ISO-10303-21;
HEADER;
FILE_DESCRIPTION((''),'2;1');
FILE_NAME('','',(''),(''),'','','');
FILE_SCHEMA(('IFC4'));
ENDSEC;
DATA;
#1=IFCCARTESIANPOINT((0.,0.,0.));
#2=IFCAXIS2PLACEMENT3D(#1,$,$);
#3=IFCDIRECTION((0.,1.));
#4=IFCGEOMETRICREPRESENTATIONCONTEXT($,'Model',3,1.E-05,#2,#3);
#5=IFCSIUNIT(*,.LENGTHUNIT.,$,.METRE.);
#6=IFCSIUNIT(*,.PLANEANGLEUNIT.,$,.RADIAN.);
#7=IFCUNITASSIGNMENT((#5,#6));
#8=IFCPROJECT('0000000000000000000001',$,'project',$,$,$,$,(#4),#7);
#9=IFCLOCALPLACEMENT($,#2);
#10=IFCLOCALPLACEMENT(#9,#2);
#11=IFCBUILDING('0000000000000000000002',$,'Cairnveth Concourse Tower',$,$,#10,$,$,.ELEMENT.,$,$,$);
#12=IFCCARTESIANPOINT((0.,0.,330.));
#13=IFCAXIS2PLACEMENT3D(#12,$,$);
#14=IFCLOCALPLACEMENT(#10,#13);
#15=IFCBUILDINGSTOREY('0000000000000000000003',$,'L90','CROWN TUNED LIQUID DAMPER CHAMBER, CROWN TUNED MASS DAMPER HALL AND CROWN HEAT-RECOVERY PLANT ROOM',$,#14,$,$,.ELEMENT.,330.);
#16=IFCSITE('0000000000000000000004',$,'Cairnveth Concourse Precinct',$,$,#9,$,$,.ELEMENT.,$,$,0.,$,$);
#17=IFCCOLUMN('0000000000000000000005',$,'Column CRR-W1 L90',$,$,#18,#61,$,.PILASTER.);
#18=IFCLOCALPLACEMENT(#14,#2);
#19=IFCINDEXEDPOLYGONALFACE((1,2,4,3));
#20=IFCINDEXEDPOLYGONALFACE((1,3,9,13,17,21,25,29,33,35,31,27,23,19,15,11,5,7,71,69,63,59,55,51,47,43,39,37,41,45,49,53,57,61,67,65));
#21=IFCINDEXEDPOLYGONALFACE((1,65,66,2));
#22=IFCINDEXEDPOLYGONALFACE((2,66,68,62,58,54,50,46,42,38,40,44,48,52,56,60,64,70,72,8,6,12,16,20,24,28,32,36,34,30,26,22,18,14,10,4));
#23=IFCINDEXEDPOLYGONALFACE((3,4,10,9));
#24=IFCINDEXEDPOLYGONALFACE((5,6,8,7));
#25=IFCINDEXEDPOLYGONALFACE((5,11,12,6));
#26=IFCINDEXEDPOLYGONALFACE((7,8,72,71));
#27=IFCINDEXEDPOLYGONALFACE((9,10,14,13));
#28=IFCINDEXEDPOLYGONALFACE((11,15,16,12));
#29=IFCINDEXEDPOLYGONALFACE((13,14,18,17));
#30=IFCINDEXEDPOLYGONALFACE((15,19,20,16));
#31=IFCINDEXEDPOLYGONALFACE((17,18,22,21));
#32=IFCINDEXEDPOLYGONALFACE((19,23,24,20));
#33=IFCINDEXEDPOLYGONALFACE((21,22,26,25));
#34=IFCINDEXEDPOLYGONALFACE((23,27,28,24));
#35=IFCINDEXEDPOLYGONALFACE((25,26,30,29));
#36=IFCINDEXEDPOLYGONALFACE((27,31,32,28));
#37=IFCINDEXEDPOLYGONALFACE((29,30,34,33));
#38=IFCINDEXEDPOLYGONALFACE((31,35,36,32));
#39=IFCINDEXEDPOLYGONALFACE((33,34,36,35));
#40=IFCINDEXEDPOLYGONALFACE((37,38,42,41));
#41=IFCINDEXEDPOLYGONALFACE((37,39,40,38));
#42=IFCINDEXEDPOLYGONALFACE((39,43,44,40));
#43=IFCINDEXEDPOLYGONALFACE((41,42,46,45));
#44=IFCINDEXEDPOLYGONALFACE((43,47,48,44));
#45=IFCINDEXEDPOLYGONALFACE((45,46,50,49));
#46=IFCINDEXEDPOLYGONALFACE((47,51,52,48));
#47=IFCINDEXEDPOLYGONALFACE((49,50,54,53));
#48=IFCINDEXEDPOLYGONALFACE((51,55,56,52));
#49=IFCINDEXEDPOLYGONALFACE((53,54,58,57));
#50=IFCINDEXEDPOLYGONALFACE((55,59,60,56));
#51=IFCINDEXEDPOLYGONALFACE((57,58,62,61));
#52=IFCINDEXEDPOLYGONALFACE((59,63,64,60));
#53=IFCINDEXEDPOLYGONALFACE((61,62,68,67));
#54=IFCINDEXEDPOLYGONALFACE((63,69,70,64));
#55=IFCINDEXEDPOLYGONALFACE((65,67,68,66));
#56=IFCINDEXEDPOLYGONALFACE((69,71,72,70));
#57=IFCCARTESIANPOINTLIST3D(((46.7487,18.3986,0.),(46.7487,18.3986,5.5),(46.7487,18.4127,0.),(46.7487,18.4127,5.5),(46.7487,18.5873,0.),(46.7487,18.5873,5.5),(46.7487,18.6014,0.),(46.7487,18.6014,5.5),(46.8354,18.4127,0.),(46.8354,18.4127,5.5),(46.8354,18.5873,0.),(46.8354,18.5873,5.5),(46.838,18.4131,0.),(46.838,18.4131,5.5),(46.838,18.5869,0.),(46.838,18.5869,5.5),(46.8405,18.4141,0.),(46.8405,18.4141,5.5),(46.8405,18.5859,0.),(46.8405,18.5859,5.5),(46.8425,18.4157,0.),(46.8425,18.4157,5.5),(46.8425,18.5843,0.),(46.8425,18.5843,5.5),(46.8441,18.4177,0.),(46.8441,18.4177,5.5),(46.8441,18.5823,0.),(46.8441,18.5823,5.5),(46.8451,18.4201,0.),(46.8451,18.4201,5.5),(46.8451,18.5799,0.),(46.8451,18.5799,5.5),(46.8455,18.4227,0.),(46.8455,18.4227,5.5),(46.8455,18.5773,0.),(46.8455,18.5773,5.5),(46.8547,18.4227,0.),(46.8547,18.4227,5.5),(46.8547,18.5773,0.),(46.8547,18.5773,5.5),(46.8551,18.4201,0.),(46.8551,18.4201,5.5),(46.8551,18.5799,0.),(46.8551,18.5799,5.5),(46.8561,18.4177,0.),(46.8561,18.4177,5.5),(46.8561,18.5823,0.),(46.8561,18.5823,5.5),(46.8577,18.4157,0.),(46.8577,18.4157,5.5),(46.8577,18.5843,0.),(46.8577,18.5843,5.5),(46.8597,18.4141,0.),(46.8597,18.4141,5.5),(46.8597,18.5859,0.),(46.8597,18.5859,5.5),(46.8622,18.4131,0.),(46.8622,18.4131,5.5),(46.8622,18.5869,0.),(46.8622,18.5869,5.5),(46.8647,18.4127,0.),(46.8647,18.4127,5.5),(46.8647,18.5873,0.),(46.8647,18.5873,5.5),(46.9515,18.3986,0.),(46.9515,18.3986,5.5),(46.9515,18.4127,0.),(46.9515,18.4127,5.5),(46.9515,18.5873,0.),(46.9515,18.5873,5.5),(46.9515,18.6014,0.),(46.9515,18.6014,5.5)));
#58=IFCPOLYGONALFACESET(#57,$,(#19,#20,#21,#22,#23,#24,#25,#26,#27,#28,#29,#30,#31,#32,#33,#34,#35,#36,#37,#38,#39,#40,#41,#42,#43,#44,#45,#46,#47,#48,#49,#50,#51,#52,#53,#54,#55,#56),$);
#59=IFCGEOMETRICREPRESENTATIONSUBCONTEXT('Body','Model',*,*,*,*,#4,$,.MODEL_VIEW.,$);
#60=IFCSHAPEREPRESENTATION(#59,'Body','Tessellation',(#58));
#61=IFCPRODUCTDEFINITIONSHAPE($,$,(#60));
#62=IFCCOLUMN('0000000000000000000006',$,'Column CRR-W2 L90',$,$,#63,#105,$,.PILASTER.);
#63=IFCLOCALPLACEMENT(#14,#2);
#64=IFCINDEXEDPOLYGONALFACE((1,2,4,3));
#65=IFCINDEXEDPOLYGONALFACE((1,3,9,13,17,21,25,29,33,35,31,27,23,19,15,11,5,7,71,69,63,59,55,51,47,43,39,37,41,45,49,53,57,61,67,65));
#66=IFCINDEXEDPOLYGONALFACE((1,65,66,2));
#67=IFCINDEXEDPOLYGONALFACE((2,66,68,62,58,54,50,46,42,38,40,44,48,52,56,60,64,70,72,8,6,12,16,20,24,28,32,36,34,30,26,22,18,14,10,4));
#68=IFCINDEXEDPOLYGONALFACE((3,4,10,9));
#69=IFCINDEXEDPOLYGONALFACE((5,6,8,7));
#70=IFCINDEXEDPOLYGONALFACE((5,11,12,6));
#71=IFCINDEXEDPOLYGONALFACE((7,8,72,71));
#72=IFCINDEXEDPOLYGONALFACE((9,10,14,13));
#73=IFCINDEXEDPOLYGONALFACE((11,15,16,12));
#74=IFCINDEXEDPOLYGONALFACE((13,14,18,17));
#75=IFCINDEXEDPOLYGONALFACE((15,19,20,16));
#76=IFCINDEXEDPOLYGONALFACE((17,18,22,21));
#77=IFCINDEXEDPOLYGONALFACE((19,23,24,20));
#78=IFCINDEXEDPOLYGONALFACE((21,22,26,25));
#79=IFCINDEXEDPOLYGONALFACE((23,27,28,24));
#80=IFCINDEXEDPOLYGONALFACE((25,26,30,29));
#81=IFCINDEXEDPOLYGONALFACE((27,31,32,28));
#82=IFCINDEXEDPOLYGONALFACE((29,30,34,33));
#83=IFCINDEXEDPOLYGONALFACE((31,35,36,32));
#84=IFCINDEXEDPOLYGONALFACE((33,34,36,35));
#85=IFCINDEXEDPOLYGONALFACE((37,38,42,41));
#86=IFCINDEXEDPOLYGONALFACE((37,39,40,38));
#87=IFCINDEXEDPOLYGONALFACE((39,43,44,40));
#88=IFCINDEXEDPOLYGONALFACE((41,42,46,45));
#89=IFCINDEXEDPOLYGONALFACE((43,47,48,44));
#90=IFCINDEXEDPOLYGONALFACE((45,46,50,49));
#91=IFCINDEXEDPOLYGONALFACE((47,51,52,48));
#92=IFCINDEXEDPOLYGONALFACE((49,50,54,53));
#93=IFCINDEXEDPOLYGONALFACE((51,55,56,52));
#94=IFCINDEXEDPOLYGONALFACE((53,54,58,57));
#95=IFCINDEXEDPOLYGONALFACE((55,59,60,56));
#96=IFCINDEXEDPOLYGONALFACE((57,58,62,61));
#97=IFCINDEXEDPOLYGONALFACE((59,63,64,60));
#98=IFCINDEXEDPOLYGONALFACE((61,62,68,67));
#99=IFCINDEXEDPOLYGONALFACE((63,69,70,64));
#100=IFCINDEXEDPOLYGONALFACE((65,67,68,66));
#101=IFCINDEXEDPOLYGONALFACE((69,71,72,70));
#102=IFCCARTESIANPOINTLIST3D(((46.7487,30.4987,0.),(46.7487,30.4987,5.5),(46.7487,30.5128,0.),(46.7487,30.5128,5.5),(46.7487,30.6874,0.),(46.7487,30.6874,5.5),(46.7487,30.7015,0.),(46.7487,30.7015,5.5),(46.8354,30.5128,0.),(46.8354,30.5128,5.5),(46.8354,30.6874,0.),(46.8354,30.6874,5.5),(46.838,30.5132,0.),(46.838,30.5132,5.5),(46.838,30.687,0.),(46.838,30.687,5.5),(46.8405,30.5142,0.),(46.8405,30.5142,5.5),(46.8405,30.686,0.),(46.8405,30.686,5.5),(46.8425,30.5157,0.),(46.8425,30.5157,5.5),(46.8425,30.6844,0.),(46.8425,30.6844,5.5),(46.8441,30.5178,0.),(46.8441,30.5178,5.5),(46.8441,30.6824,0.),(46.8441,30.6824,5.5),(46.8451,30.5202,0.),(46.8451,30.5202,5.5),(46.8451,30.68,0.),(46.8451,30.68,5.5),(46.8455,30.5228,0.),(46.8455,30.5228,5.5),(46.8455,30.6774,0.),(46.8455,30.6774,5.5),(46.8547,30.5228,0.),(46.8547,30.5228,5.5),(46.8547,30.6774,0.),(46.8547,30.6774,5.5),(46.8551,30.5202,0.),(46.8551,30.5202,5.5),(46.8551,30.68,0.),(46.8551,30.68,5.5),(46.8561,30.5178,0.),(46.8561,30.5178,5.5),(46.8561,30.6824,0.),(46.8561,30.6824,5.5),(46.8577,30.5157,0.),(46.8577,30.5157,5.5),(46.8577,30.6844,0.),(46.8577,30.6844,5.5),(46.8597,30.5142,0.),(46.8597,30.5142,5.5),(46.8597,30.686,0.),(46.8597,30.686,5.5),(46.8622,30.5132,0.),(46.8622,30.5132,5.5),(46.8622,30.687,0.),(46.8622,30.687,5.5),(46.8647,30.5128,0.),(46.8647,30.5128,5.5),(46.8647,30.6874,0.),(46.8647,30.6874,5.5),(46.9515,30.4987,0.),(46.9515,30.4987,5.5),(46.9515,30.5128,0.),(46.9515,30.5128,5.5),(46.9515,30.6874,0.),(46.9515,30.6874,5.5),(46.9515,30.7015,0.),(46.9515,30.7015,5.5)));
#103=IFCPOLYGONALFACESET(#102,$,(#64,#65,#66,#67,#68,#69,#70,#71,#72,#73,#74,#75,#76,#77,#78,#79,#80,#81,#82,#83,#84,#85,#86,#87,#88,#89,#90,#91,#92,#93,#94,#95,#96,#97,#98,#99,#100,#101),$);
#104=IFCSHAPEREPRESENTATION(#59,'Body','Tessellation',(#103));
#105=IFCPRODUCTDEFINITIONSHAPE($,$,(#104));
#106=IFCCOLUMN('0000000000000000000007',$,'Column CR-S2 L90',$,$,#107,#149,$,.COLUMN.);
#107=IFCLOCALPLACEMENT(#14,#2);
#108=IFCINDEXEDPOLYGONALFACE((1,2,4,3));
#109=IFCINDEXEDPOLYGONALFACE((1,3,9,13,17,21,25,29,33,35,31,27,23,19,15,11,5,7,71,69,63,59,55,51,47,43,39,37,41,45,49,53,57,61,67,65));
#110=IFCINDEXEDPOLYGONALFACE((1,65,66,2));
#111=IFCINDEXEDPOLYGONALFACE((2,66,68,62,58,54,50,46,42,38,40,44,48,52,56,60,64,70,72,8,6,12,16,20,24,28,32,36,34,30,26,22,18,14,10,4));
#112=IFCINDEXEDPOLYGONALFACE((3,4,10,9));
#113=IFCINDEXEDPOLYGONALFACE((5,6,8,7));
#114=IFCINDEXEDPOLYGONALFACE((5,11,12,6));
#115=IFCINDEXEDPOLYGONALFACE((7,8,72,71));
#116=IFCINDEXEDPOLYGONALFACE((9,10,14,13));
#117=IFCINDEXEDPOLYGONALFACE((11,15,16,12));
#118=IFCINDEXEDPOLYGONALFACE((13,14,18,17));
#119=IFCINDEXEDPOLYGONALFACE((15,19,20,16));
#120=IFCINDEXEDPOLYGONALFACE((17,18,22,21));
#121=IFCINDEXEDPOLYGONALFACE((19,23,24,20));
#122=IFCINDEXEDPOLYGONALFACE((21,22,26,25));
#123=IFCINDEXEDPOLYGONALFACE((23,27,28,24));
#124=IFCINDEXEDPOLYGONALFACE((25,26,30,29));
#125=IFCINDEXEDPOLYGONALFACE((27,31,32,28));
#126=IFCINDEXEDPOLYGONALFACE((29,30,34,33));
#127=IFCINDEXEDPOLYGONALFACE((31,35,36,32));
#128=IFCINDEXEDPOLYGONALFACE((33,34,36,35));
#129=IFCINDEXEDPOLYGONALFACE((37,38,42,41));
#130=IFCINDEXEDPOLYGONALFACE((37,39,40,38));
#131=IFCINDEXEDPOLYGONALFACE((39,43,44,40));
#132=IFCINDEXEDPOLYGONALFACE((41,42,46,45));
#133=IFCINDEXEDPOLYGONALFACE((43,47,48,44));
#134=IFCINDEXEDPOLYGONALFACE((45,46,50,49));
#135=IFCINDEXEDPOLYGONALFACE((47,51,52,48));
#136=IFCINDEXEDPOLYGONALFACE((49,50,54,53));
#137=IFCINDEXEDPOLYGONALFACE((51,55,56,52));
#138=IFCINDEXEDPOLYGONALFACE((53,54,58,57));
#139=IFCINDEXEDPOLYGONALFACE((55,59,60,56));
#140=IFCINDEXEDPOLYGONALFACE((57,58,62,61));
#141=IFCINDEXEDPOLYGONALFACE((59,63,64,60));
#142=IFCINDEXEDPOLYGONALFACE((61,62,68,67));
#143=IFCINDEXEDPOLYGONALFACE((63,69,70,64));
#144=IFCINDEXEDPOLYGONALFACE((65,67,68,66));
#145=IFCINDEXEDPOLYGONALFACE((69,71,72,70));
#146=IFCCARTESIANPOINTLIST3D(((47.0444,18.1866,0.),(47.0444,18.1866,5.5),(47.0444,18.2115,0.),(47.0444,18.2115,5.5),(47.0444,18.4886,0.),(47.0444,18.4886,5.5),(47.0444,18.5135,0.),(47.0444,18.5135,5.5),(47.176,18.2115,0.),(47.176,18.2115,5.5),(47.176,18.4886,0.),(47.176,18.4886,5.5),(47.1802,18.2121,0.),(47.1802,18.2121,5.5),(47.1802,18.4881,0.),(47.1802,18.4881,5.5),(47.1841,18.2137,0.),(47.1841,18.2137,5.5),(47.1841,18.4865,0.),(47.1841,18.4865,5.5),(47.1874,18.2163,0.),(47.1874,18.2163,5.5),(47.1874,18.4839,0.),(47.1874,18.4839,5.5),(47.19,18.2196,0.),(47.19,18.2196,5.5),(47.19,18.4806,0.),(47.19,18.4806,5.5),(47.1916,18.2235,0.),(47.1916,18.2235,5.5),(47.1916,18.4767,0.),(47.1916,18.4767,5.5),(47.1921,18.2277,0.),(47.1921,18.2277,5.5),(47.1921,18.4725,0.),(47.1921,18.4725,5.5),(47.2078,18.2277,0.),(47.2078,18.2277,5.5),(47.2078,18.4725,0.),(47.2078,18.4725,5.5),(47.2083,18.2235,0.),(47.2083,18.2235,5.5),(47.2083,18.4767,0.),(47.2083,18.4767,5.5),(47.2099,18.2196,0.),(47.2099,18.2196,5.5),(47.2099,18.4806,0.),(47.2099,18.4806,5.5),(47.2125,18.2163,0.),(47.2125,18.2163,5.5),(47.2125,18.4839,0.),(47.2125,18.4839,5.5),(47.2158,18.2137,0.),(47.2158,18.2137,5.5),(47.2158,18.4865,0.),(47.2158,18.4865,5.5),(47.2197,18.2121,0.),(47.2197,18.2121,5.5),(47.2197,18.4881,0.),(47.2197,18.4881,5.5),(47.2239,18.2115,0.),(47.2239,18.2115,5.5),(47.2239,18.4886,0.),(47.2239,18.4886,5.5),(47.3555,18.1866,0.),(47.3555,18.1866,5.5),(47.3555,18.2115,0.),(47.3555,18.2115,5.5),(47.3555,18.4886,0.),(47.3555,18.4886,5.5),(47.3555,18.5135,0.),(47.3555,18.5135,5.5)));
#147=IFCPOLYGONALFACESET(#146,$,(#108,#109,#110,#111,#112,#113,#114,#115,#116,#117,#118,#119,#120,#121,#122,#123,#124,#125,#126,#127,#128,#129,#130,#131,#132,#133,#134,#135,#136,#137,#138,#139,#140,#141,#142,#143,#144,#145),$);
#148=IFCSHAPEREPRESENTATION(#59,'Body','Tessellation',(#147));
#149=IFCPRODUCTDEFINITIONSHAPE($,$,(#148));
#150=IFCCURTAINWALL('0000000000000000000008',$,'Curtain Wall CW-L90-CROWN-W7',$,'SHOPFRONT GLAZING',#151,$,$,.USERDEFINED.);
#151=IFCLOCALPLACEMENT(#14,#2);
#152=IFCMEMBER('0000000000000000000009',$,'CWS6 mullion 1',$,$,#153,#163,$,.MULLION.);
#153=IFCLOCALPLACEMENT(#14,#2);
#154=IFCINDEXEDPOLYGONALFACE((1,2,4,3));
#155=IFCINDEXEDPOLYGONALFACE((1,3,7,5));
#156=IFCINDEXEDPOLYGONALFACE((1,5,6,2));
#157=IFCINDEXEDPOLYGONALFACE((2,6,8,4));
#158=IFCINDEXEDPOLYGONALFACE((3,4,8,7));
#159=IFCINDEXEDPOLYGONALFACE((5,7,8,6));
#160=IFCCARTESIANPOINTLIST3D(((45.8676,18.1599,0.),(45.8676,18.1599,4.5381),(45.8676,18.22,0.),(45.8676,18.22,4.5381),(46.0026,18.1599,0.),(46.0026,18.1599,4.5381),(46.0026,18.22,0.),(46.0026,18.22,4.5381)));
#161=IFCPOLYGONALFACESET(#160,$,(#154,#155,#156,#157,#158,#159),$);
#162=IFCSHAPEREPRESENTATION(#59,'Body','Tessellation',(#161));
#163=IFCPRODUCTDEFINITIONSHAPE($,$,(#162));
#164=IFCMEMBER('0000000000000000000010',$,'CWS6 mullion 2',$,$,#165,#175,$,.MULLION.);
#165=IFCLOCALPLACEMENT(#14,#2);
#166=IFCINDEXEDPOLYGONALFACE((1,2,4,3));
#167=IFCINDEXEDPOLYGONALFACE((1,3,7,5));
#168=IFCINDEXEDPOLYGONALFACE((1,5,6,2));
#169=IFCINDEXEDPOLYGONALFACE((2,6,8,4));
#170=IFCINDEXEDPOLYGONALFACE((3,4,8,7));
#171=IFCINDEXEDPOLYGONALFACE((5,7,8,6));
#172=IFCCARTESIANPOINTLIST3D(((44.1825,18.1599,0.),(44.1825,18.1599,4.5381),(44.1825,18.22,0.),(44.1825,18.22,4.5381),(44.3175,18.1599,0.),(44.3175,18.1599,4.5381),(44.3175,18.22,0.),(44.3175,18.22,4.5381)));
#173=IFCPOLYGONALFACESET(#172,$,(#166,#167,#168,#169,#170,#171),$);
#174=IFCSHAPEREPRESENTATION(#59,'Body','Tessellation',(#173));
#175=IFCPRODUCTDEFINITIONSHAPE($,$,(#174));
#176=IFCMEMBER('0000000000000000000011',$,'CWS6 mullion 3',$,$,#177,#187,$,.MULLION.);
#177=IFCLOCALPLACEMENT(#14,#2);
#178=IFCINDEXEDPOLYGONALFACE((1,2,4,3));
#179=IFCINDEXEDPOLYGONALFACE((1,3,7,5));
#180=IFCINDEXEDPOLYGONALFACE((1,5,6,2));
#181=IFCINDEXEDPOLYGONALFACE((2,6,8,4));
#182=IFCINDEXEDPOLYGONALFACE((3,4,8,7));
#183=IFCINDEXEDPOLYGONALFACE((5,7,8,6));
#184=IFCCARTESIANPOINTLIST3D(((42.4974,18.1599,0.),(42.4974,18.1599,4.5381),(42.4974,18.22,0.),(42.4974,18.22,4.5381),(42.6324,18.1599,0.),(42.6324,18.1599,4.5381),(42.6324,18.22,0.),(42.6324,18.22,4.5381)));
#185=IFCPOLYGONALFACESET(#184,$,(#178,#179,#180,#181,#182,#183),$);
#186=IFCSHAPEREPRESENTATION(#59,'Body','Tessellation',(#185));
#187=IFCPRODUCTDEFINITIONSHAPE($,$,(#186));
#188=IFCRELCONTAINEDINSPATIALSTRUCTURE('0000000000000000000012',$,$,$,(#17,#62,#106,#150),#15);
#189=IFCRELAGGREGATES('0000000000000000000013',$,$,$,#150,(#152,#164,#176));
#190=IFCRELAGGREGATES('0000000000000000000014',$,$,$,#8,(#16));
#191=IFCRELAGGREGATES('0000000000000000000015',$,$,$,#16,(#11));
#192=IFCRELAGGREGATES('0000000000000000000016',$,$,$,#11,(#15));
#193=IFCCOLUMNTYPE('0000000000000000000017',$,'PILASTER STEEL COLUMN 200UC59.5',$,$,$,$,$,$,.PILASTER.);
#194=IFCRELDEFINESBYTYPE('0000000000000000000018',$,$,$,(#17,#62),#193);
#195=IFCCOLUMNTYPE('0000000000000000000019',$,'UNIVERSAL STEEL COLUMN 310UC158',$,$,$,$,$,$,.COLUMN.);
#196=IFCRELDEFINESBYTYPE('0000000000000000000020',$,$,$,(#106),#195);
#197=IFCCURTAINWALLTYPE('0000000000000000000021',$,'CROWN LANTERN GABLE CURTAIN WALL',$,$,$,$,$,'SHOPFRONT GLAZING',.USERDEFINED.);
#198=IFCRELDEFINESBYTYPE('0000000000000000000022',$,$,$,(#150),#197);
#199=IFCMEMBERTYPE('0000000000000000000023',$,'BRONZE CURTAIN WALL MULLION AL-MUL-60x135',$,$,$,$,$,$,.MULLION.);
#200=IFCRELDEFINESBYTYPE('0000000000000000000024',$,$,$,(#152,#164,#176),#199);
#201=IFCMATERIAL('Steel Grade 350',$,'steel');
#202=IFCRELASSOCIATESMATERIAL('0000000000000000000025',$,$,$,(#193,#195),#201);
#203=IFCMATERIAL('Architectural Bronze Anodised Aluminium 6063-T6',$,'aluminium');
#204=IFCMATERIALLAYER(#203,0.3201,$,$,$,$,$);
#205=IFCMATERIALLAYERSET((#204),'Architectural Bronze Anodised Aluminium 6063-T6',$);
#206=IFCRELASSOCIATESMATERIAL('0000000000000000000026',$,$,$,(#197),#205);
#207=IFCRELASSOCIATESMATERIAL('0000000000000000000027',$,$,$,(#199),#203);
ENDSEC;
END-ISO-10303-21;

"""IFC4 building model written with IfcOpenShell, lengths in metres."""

from ifc_helpers import new_model, si_unit, direction, frame, origin, origin_2d, place, context, subcontext, project, spatial, rectangle, i_section, extrude, material, layer, layer_set, material_profile, profile_set, type_object, element, aggregate, save


model = new_model("IFC4")

# Units and contexts
model_context = context("Model", 3, precision=1e-05, world=origin(), true_north=direction((0.0, 1.0)))
body_context = subcontext(model_context, "Body", "Model", "MODEL_VIEW")
ifc_project = project(units=[si_unit("LENGTHUNIT", "METRE"), si_unit("PLANEANGLEUNIT", "RADIAN")], contexts=[model_context])

# Site, building, storey
site_placement = place(None, origin())
site = spatial("IfcSite", under=ifc_project, at=site_placement, Name="Cairnveth Concourse Precinct", CompositionType="ELEMENT", RefElevation=0.0)
building_placement = place(site_placement, origin())
building = spatial("IfcBuilding", under=site, at=building_placement, Name="Cairnveth Concourse Tower", CompositionType="ELEMENT")
storey_placement = place(building_placement, frame((0.0, 0.0, 330.0)))
storey = spatial("IfcBuildingStorey", under=building, at=storey_placement, Name="L90", Description="CROWN TUNED LIQUID DAMPER CHAMBER, CROWN TUNED MASS DAMPER HALL AND CROWN HEAT-RECOVERY PLANT ROOM", CompositionType="ELEMENT", Elevation=330.0)

# Columns
ifc_material_1 = material(Name="Steel Grade 350", Category="steel")
ifc_material_profile_1 = material_profile(ifc_material_1, i_section(OverallWidth=0.2029, OverallDepth=0.2029, WebThickness=0.0093, FlangeThickness=0.0142, FilletRadius=0.01, at=origin_2d()), Name="200UC59.5")
ifc_profile_set_1 = profile_set([ifc_material_profile_1], Name="Steel Grade 350")
column_type_1 = type_object("IfcColumnType", Name="PILASTER STEEL COLUMN 200UC59.5", PredefinedType="PILASTER", material=ifc_profile_set_1)
for number, where, z_axis, x_axis, name in (
    (1, (46.8501, 18.5, 0.0), (0.0, 0.0, 1.0), (1.0, 0.0, 0.0), "Column CRR-W1 L90"),
    (2, (46.8501, 30.6001, 0.0), (0.0, 0.0, 1.0), (1.0, 0.0, 0.0), "Column CRR-W2 L90"),
):
    element("IfcColumn", number, at=place(storey_placement, frame(where, z_axis=z_axis, x_axis=x_axis)), inside=storey, type_object=column_type_1, Name=name, PredefinedType="PILASTER", context=body_context, shape_type="SweptSolid", body=[
        extrude(i_section(OverallWidth=0.2029, OverallDepth=0.2029, WebThickness=0.0093, FlangeThickness=0.0142, FilletRadius=0.01, at=origin_2d()), origin(), (0.0, 0.0, 1.0), 5.5),
    ])
ifc_material_profile_2 = material_profile(ifc_material_1, i_section(OverallWidth=0.311, OverallDepth=0.3269, WebThickness=0.0156, FlangeThickness=0.0249, FilletRadius=0.0161, at=origin_2d()), Name="310UC158")
ifc_profile_set_2 = profile_set([ifc_material_profile_2], Name="Steel Grade 350")
column_type_2 = type_object("IfcColumnType", Name="UNIVERSAL STEEL COLUMN 310UC158", PredefinedType="COLUMN", material=ifc_profile_set_2)
column_placement = place(storey_placement, frame((47.2, 18.3501, 0.0), z_axis=(0.0, 0.0, 1.0), x_axis=(1.0, 0.0, 0.0)))
element("IfcColumn", 3, at=column_placement, inside=storey, type_object=column_type_2, Name="Column CR-S2 L90", PredefinedType="COLUMN", context=body_context, shape_type="SweptSolid", body=[
    extrude(i_section(OverallWidth=0.311, OverallDepth=0.3269, WebThickness=0.0156, FlangeThickness=0.0249, FilletRadius=0.0161, at=origin_2d()), origin(), (0.0, 0.0, 1.0), 5.5),
])

# Curtain wall, members
ifc_material_2 = material(Name="Architectural Bronze Anodised Aluminium 6063-T6", Category="aluminium")
ifc_layer_1 = layer(ifc_material_2, 0.3201)
ifc_layer_set_1 = layer_set([ifc_layer_1], Name="Architectural Bronze Anodised Aluminium 6063-T6")
curtain_wall_type = type_object("IfcCurtainWallType", Name="CROWN LANTERN GABLE CURTAIN WALL", ElementType="SHOPFRONT GLAZING", PredefinedType="USERDEFINED", material=ifc_layer_set_1)
curtain_wall_placement = place(storey_placement, origin())
curtain_wall = element("IfcCurtainWall", 4, at=curtain_wall_placement, inside=storey, type_object=curtain_wall_type, Name="Curtain Wall CW-L90-CROWN-W7", ObjectType="SHOPFRONT GLAZING", PredefinedType="USERDEFINED")
ifc_material_profile_3 = material_profile(ifc_material_2, rectangle(XDim=0.0601, YDim=0.135, at=origin_2d()), Name="AL-MUL-60x135")
ifc_profile_set_3 = profile_set([ifc_material_profile_3], Name="Architectural Bronze Anodised Aluminium 6063-T6")
member_type_1 = type_object("IfcMemberType", Name="BRONZE CURTAIN WALL MULLION AL-MUL-60x135", PredefinedType="MULLION", material=ifc_profile_set_3)
member_1_placement = place(storey_placement, frame((45.9351, 18.1899, 0.0), z_axis=(0.0, 0.0, 1.0), x_axis=(0.0, -1.0, 0.0)))
member_1 = element("IfcMember", 5, at=member_1_placement, type_object=member_type_1, Name="CWS6 mullion 1", PredefinedType="MULLION", context=body_context, shape_type="SweptSolid", body=[
    extrude(rectangle(XDim=0.0601, YDim=0.135, at=origin_2d()), origin(), (0.0, 0.0, 1.0), 4.5381),
])
member_2_placement = place(storey_placement, frame((44.25, 18.1899, 0.0), z_axis=(0.0, 0.0, 1.0), x_axis=(0.0, -1.0, 0.0)))
member_2 = element("IfcMember", 6, at=member_2_placement, type_object=member_type_1, Name="CWS6 mullion 2", PredefinedType="MULLION", context=body_context, shape_type="SweptSolid", body=[
    extrude(rectangle(XDim=0.0601, YDim=0.135, at=origin_2d()), origin(), (0.0, 0.0, 1.0), 4.5381),
])
member_3_placement = place(storey_placement, frame((42.5649, 18.1899, 0.0), z_axis=(0.0, 0.0, 1.0), x_axis=(0.0, -1.0, 0.0)))
member_3 = element("IfcMember", 7, at=member_3_placement, type_object=member_type_1, Name="CWS6 mullion 3", PredefinedType="MULLION", context=body_context, shape_type="SweptSolid", body=[
    extrude(rectangle(XDim=0.0601, YDim=0.135, at=origin_2d()), origin(), (0.0, 0.0, 1.0), 4.5381),
])

aggregate(curtain_wall, [member_1, member_2, member_3])

save(model, "model.ifc")
